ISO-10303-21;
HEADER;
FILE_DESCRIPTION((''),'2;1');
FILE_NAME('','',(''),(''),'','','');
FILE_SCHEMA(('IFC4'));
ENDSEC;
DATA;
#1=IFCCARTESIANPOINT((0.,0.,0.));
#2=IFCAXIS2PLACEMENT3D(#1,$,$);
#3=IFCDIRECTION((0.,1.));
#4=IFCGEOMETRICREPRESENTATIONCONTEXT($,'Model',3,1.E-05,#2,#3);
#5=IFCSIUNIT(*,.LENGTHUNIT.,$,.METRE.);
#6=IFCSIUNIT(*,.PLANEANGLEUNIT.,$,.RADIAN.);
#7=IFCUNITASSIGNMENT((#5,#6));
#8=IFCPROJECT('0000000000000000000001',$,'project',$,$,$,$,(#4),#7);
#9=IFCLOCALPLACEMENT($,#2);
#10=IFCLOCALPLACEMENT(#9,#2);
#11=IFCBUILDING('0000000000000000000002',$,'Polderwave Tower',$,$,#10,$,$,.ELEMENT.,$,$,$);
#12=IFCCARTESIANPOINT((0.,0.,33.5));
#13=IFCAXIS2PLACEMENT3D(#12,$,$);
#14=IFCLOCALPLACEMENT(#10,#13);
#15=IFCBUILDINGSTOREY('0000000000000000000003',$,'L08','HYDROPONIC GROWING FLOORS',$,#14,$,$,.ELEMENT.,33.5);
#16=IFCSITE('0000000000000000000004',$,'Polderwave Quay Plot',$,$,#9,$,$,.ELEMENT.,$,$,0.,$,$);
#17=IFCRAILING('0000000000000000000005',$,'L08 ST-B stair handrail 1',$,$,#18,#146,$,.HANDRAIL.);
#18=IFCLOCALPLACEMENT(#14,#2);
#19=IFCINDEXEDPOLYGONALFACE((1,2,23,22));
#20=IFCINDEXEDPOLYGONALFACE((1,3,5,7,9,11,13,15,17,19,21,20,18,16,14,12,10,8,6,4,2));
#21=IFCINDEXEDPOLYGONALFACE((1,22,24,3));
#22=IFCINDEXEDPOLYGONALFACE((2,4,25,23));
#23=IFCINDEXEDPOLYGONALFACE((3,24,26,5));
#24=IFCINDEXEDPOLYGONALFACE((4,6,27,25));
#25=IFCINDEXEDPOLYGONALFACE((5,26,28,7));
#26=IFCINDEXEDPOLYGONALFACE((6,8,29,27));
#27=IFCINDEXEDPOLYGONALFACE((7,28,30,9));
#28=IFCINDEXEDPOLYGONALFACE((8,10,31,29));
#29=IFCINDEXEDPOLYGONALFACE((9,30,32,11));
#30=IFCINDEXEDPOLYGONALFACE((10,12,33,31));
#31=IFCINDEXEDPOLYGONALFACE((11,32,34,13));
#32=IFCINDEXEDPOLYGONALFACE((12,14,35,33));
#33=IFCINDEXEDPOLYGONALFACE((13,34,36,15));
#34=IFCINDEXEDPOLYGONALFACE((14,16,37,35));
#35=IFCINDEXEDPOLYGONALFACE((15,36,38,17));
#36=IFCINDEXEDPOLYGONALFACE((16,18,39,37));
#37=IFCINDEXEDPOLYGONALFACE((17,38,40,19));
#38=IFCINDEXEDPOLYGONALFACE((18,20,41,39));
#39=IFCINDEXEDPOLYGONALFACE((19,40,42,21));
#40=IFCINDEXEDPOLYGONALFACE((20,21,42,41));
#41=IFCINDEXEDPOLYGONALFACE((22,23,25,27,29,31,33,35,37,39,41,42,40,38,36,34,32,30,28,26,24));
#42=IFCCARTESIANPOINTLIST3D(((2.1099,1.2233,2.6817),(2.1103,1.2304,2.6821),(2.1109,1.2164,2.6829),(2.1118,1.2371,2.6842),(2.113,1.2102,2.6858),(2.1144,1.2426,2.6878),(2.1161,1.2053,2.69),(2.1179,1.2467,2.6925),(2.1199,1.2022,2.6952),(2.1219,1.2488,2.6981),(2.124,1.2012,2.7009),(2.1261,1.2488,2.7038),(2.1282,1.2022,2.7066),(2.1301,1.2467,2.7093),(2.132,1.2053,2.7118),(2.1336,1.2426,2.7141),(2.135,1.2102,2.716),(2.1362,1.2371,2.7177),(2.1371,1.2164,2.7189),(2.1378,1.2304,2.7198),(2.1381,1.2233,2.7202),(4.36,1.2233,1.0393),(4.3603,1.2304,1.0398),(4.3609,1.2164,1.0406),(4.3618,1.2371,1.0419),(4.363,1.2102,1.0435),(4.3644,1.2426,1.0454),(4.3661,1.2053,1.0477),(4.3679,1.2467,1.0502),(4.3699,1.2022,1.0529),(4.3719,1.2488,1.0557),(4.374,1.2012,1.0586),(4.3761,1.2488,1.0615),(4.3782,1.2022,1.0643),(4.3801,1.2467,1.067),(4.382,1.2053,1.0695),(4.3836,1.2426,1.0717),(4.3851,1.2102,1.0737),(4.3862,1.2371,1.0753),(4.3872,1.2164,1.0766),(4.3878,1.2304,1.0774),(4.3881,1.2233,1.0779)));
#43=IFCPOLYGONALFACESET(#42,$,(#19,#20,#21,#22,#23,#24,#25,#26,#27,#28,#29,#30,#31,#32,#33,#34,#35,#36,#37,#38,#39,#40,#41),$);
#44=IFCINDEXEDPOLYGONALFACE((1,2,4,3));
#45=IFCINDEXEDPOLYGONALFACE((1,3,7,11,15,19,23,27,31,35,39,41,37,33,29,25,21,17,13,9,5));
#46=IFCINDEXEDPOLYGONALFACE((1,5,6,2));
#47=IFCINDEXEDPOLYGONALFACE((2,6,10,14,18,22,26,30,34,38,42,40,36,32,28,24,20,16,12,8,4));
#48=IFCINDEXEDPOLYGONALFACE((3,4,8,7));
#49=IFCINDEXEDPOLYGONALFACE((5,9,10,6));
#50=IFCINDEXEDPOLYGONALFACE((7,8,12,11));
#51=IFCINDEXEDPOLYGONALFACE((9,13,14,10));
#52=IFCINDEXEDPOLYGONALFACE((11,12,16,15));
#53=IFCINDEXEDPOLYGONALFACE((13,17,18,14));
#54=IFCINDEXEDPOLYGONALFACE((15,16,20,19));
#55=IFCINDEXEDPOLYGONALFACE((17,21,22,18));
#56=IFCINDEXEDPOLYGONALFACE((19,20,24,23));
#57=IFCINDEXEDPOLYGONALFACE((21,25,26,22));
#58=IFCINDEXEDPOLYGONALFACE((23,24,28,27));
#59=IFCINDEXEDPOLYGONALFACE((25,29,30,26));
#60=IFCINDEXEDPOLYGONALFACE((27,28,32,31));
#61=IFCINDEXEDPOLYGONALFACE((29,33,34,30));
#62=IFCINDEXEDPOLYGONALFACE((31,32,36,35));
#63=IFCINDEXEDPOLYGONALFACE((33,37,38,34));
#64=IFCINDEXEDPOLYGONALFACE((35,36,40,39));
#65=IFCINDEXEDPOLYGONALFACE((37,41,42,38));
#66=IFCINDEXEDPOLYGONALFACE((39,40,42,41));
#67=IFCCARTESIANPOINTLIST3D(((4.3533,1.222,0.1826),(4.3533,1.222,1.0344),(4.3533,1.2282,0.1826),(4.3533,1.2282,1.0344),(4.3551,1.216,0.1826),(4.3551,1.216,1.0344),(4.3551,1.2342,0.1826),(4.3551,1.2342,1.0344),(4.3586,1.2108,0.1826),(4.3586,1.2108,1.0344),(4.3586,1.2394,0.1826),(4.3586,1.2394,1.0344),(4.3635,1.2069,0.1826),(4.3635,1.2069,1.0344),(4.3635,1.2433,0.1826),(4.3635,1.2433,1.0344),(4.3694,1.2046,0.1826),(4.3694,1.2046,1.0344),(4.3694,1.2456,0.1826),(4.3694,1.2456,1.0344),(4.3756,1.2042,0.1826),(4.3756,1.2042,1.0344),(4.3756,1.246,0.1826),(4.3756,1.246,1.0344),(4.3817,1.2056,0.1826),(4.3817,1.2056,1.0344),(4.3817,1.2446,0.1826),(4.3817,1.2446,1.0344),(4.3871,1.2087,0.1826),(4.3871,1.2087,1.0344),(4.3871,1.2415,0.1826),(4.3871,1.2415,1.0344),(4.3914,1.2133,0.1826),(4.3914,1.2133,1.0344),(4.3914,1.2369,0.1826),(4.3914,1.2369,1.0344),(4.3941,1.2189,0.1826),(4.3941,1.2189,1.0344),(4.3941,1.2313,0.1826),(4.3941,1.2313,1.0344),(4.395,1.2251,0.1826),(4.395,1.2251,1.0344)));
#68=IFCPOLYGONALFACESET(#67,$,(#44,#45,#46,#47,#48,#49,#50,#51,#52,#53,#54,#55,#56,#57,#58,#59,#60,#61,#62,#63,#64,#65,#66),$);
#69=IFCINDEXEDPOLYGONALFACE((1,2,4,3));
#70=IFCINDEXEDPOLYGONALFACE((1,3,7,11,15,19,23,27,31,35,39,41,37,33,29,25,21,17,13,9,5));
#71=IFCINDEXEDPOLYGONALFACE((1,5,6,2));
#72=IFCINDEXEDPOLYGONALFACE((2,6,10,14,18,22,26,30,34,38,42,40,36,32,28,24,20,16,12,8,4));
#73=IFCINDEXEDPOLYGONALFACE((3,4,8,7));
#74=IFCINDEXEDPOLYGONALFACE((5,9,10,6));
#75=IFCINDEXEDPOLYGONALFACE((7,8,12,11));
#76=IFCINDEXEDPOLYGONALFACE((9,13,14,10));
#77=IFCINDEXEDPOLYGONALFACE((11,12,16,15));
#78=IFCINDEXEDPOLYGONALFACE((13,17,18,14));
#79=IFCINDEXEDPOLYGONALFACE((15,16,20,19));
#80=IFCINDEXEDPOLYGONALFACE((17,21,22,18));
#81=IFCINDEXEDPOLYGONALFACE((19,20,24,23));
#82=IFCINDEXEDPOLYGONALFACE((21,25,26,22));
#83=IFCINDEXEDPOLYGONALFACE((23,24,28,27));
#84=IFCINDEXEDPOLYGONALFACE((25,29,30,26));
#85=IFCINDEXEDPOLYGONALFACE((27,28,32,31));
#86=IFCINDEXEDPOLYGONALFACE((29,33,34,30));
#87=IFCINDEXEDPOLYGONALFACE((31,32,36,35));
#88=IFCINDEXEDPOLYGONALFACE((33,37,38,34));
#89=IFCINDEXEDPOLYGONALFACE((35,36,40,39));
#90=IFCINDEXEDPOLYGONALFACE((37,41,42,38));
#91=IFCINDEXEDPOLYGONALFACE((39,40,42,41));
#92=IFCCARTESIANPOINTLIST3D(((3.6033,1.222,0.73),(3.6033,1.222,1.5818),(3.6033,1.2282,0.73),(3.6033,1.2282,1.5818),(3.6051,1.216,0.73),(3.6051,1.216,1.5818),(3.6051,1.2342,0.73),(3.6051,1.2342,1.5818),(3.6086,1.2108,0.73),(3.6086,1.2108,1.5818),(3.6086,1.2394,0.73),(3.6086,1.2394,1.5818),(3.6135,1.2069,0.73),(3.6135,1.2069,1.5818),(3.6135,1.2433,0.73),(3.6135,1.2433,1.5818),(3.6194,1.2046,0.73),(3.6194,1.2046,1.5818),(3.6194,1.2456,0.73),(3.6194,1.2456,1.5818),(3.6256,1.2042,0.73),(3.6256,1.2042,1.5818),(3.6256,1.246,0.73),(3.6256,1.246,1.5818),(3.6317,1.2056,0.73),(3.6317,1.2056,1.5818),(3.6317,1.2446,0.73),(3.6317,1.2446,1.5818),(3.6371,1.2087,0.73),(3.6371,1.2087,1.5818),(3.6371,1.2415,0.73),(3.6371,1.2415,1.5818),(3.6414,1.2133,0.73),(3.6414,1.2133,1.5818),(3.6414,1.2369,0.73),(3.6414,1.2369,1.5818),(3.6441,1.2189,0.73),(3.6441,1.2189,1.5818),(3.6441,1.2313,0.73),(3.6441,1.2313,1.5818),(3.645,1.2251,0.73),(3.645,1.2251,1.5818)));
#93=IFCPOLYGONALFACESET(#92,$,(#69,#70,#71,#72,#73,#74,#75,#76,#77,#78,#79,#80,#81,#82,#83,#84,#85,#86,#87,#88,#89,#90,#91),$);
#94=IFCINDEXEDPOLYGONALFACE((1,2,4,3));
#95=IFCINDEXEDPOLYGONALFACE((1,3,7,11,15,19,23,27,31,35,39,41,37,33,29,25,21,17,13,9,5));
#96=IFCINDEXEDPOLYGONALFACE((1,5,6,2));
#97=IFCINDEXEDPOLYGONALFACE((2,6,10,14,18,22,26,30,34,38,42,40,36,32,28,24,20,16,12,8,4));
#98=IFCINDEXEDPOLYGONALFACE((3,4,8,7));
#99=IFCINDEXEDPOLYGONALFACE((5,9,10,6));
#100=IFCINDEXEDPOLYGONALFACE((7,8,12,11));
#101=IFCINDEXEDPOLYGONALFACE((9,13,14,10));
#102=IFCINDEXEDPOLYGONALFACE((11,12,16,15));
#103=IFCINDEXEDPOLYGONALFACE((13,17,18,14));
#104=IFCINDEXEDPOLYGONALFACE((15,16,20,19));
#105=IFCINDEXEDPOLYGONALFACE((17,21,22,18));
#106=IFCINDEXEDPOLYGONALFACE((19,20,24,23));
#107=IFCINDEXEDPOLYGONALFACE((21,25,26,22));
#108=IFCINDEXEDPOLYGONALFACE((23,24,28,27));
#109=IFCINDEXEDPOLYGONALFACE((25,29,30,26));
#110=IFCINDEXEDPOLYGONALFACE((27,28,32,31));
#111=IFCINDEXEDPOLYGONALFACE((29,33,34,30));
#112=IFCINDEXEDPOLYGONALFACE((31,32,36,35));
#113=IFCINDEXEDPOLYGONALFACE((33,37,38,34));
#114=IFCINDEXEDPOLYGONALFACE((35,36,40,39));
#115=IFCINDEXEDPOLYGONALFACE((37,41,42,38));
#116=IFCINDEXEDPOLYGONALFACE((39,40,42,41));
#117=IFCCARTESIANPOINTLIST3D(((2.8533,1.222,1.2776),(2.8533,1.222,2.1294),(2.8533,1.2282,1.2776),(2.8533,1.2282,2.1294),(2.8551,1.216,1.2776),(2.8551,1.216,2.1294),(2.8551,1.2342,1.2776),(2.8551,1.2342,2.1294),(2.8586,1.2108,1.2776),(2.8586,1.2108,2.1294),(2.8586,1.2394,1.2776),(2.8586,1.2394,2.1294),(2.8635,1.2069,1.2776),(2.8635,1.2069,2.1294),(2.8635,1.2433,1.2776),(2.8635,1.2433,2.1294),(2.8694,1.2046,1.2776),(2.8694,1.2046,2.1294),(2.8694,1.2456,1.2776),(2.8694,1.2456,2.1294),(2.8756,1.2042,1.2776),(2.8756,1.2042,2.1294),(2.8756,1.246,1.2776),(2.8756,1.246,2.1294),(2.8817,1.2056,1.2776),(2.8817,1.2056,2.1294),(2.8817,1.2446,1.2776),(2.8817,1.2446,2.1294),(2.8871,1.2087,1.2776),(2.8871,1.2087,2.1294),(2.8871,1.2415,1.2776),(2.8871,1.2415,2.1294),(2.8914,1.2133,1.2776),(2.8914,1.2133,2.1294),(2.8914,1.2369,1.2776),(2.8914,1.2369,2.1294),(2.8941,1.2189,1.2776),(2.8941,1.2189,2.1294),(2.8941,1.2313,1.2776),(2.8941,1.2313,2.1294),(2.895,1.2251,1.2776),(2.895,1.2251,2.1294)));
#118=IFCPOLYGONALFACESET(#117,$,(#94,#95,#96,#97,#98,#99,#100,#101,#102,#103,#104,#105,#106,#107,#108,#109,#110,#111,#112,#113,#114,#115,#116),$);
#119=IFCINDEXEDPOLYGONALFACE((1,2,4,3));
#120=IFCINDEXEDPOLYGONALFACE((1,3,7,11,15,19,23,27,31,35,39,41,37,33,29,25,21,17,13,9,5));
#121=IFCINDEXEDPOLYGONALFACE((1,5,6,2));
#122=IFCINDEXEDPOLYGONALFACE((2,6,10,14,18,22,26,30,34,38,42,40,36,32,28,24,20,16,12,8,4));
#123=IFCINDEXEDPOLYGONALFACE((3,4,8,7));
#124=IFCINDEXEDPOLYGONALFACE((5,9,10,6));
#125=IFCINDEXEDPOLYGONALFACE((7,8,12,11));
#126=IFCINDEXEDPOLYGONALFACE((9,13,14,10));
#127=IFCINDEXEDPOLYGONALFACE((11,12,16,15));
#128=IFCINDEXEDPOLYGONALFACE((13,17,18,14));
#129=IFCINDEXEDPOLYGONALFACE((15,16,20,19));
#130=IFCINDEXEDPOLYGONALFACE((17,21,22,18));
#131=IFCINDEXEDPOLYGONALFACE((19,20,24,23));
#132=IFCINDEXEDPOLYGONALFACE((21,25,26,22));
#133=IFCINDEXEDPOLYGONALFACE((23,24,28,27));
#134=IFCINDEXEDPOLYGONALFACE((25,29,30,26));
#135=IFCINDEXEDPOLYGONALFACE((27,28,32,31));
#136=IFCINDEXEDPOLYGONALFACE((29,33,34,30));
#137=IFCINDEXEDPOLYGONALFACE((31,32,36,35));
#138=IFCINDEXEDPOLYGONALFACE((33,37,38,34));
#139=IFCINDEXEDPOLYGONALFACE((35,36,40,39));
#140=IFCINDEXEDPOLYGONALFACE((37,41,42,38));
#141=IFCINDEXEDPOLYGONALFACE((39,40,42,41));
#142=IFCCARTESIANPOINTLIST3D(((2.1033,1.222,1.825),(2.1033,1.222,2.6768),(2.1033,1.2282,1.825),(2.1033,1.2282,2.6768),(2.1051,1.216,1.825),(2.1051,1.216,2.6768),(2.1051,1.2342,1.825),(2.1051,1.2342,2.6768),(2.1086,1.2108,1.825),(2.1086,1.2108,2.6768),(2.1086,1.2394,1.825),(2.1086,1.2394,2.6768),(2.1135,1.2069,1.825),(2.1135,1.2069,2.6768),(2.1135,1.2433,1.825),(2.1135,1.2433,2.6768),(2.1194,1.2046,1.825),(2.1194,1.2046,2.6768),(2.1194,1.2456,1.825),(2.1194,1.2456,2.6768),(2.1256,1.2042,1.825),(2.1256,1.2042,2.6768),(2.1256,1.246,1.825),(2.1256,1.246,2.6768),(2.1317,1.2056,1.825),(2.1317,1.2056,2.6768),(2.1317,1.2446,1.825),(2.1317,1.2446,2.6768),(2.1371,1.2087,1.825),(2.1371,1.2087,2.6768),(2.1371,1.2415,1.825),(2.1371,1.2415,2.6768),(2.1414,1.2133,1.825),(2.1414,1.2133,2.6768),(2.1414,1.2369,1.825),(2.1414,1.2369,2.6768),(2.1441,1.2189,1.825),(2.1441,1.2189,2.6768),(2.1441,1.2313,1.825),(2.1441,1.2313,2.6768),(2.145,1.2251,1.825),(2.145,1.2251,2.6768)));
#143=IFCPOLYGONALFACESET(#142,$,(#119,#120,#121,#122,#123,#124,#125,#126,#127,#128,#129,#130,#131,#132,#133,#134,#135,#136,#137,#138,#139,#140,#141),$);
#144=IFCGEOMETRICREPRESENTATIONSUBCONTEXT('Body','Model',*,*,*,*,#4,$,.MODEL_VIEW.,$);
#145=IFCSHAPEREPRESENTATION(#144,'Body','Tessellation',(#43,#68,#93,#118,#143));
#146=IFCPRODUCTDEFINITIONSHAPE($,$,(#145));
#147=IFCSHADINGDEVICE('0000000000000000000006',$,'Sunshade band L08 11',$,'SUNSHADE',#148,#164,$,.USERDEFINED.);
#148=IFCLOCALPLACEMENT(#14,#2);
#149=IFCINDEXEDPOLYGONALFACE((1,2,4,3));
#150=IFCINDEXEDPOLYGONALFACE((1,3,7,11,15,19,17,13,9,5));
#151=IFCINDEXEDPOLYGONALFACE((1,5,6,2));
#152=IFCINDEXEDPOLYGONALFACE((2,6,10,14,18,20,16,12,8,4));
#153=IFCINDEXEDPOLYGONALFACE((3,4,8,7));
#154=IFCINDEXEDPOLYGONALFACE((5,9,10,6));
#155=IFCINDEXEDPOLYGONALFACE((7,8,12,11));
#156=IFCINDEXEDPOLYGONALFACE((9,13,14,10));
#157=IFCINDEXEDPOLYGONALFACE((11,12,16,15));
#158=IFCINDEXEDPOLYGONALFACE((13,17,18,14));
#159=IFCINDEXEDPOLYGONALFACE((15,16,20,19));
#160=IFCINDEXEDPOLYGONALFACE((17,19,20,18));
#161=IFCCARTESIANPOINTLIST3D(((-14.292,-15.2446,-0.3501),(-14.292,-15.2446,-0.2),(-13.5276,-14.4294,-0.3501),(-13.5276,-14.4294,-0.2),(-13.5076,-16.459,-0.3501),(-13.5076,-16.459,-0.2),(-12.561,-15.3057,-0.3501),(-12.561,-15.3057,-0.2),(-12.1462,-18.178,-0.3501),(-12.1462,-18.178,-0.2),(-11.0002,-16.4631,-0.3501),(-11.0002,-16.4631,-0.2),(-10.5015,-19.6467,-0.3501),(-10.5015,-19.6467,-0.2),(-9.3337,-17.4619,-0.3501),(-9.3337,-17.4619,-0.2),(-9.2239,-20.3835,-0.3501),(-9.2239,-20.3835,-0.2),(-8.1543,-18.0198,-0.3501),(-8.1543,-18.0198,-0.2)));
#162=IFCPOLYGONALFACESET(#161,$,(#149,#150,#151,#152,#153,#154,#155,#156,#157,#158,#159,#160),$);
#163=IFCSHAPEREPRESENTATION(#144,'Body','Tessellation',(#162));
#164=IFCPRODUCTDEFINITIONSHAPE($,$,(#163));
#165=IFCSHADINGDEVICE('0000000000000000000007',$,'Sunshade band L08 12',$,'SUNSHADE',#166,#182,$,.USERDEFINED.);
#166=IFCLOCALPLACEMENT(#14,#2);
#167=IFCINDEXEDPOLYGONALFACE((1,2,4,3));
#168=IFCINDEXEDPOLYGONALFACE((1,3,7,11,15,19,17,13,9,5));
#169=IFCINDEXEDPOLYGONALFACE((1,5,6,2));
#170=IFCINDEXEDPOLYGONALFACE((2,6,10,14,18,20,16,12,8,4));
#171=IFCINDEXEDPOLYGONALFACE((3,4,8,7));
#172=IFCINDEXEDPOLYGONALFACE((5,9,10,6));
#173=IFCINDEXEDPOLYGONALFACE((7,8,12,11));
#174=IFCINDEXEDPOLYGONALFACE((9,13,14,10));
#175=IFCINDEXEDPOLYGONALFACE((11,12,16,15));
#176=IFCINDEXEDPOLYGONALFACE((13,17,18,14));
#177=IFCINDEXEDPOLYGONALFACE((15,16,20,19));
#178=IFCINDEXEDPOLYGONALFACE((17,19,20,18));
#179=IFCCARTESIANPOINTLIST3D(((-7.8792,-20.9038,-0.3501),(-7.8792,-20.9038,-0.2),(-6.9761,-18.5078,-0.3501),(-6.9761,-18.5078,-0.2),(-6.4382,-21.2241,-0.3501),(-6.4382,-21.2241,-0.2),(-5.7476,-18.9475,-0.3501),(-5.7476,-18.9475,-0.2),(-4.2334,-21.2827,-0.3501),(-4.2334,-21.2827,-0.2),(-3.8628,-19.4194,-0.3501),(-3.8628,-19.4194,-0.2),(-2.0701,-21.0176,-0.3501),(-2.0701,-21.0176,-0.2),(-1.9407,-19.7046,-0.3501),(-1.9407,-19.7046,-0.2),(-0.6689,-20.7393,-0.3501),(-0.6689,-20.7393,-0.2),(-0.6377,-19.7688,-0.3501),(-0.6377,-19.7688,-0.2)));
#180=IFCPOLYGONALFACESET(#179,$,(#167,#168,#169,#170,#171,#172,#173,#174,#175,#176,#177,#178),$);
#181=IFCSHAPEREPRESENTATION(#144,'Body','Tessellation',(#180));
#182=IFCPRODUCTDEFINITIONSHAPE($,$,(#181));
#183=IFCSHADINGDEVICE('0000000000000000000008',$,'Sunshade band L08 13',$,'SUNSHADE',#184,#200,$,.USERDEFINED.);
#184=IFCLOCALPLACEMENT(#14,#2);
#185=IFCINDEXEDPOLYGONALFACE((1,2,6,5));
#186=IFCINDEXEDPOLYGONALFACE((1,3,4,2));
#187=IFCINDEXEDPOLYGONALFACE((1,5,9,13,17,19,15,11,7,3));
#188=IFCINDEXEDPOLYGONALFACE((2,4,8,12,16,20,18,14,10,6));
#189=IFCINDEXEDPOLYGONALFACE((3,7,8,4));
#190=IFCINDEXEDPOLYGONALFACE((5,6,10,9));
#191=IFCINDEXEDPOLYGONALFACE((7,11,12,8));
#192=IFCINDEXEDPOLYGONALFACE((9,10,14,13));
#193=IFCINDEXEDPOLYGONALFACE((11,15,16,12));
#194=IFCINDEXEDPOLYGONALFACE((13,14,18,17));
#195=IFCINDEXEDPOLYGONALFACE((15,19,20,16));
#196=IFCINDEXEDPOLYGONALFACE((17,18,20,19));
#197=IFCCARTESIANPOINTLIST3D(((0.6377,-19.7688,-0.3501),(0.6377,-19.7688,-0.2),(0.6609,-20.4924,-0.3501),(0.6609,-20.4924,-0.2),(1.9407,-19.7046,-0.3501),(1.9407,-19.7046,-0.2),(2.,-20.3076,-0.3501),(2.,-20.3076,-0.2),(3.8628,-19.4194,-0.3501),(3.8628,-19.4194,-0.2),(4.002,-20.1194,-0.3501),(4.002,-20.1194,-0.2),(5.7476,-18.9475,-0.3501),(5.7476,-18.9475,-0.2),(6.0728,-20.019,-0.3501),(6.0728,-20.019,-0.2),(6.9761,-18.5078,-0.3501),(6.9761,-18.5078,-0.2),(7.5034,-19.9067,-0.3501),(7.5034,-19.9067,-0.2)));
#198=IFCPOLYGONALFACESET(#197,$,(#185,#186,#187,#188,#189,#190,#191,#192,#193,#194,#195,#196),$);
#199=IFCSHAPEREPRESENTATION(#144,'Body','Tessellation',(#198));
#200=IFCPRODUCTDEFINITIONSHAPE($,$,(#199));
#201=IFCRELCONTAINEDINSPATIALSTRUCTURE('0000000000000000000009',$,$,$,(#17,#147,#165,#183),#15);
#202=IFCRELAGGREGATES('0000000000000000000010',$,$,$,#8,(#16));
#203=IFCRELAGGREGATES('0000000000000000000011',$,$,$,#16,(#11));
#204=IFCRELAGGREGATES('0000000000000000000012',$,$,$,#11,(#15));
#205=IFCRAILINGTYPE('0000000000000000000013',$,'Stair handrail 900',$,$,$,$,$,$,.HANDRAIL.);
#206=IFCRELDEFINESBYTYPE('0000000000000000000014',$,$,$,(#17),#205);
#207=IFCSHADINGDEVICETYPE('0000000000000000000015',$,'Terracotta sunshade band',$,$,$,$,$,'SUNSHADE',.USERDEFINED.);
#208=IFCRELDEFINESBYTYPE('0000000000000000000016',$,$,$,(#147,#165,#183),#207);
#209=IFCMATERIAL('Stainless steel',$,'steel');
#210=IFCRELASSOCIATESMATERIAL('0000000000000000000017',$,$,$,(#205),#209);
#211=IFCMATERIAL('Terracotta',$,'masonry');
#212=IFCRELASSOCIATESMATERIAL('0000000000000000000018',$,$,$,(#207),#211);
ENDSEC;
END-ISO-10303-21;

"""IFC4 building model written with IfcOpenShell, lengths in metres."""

from ifc_helpers import new_model, si_unit, direction, frame, origin, origin_2d, place, context, subcontext, project, spatial, polyline, circle, outline, extrude, material, type_object, element, save


model = new_model("IFC4")

# Units and contexts
model_context = context("Model", 3, precision=1e-05, world=origin(), true_north=direction((0.0, 1.0)))
body_context = subcontext(model_context, "Body", "Model", "MODEL_VIEW")
ifc_project = project(units=[si_unit("LENGTHUNIT", "METRE"), si_unit("PLANEANGLEUNIT", "RADIAN")], contexts=[model_context])

# Site, building, storey
site_placement = place(None, origin())
site = spatial("IfcSite", under=ifc_project, at=site_placement, Name="Polderwave Quay Plot", CompositionType="ELEMENT", RefElevation=0.0)
building_placement = place(site_placement, origin())
building = spatial("IfcBuilding", under=site, at=building_placement, Name="Polderwave Tower", CompositionType="ELEMENT")
storey_placement = place(building_placement, frame((0.0, 0.0, 33.5)))
storey = spatial("IfcBuildingStorey", under=building, at=storey_placement, Name="L08", Description="HYDROPONIC GROWING FLOORS", CompositionType="ELEMENT", Elevation=33.5)

# Railing
ifc_material_1 = material(Name="Stainless steel", Category="steel")
railing_type_1 = type_object("IfcRailingType", Name="Stair handrail 900", PredefinedType="HANDRAIL", material=ifc_material_1)
railing_1_placement = place(storey_placement, frame((4.374, 1.2251, 0.1826)))
element("IfcRailing", 1, at=railing_1_placement, inside=storey, type_object=railing_type_1, Name="L08 ST-B stair handrail 1", PredefinedType="HANDRAIL", context=body_context, shape_type="SweptSolid", body=[
    extrude(circle(Radius=0.0239, at=origin_2d()), frame((0.0, 0.0, 0.876), z_axis=(-0.807715, 0.0, 0.589573), x_axis=(0.0, -1.0, 0.0)), (0.0, 0.0, 1.0), 2.7856),
    extrude(circle(Radius=0.021, at=origin_2d()), origin(), (0.0, 0.0, 1.0), 0.8518),
    extrude(circle(Radius=0.021, at=origin_2d()), frame((-0.75, 0.0, 0.5474)), (0.0, 0.0, 1.0), 0.8518),
    extrude(circle(Radius=0.021, at=origin_2d()), frame((-1.5, 0.0, 1.095)), (0.0, 0.0, 1.0), 0.8518),
    extrude(circle(Radius=0.021, at=origin_2d()), frame((-2.25, 0.0, 1.6423)), (0.0, 0.0, 1.0), 0.8518),
])

# Shading devices
ifc_material_2 = material(Name="Terracotta", Category="masonry")
shading_device_type = type_object("IfcShadingDeviceType", Name="Terracotta sunshade band", ElementType="SUNSHADE", PredefinedType="USERDEFINED", material=ifc_material_2)
shading_device_1_placement = place(storey_placement, frame((0.0, 0.0, -0.3501)))
element("IfcShadingDevice", 2, at=shading_device_1_placement, inside=storey, type_object=shading_device_type, Name="Sunshade band L08 11", ObjectType="SUNSHADE", PredefinedType="USERDEFINED", context=body_context, shape_type="SweptSolid", body=[
    extrude(outline(polyline([(-13.5276, -14.4294), (-12.561, -15.3057), (-11.0002, -16.4631), (-9.3337, -17.4619), (-8.1543, -18.0198), (-9.2239, -20.3835), (-10.5015, -19.6467), (-12.1462, -18.178), (-13.5076, -16.459), (-14.292, -15.2446), (-13.5276, -14.4294)])), origin(), (0.0, 0.0, 1.0), 0.1501),
])
shading_device_2_placement = place(storey_placement, frame((0.0, 0.0, -0.3501)))
element("IfcShadingDevice", 3, at=shading_device_2_placement, inside=storey, type_object=shading_device_type, Name="Sunshade band L08 12", ObjectType="SUNSHADE", PredefinedType="USERDEFINED", context=body_context, shape_type="SweptSolid", body=[
    extrude(outline(polyline([(-6.9761, -18.5078), (-5.7476, -18.9475), (-3.8628, -19.4194), (-1.9407, -19.7046), (-0.6377, -19.7688), (-0.6689, -20.7393), (-2.0701, -21.0176), (-4.2334, -21.2827), (-6.4382, -21.2241), (-7.8792, -20.9038), (-6.9761, -18.5078)])), origin(), (0.0, 0.0, 1.0), 0.1501),
])
shading_device_3_placement = place(storey_placement, frame((0.0, 0.0, -0.3501)))
element("IfcShadingDevice", 4, at=shading_device_3_placement, inside=storey, type_object=shading_device_type, Name="Sunshade band L08 13", ObjectType="SUNSHADE", PredefinedType="USERDEFINED", context=body_context, shape_type="SweptSolid", body=[
    extrude(outline(polyline([(0.6377, -19.7688), (1.9407, -19.7046), (3.8628, -19.4194), (5.7476, -18.9475), (6.9761, -18.5078), (7.5034, -19.9067), (6.0728, -20.019), (4.002, -20.1194), (2.0, -20.3076), (0.6609, -20.4924), (0.6377, -19.7688)])), origin(), (0.0, 0.0, 1.0), 0.1501),
])

save(model, "model.ifc")
